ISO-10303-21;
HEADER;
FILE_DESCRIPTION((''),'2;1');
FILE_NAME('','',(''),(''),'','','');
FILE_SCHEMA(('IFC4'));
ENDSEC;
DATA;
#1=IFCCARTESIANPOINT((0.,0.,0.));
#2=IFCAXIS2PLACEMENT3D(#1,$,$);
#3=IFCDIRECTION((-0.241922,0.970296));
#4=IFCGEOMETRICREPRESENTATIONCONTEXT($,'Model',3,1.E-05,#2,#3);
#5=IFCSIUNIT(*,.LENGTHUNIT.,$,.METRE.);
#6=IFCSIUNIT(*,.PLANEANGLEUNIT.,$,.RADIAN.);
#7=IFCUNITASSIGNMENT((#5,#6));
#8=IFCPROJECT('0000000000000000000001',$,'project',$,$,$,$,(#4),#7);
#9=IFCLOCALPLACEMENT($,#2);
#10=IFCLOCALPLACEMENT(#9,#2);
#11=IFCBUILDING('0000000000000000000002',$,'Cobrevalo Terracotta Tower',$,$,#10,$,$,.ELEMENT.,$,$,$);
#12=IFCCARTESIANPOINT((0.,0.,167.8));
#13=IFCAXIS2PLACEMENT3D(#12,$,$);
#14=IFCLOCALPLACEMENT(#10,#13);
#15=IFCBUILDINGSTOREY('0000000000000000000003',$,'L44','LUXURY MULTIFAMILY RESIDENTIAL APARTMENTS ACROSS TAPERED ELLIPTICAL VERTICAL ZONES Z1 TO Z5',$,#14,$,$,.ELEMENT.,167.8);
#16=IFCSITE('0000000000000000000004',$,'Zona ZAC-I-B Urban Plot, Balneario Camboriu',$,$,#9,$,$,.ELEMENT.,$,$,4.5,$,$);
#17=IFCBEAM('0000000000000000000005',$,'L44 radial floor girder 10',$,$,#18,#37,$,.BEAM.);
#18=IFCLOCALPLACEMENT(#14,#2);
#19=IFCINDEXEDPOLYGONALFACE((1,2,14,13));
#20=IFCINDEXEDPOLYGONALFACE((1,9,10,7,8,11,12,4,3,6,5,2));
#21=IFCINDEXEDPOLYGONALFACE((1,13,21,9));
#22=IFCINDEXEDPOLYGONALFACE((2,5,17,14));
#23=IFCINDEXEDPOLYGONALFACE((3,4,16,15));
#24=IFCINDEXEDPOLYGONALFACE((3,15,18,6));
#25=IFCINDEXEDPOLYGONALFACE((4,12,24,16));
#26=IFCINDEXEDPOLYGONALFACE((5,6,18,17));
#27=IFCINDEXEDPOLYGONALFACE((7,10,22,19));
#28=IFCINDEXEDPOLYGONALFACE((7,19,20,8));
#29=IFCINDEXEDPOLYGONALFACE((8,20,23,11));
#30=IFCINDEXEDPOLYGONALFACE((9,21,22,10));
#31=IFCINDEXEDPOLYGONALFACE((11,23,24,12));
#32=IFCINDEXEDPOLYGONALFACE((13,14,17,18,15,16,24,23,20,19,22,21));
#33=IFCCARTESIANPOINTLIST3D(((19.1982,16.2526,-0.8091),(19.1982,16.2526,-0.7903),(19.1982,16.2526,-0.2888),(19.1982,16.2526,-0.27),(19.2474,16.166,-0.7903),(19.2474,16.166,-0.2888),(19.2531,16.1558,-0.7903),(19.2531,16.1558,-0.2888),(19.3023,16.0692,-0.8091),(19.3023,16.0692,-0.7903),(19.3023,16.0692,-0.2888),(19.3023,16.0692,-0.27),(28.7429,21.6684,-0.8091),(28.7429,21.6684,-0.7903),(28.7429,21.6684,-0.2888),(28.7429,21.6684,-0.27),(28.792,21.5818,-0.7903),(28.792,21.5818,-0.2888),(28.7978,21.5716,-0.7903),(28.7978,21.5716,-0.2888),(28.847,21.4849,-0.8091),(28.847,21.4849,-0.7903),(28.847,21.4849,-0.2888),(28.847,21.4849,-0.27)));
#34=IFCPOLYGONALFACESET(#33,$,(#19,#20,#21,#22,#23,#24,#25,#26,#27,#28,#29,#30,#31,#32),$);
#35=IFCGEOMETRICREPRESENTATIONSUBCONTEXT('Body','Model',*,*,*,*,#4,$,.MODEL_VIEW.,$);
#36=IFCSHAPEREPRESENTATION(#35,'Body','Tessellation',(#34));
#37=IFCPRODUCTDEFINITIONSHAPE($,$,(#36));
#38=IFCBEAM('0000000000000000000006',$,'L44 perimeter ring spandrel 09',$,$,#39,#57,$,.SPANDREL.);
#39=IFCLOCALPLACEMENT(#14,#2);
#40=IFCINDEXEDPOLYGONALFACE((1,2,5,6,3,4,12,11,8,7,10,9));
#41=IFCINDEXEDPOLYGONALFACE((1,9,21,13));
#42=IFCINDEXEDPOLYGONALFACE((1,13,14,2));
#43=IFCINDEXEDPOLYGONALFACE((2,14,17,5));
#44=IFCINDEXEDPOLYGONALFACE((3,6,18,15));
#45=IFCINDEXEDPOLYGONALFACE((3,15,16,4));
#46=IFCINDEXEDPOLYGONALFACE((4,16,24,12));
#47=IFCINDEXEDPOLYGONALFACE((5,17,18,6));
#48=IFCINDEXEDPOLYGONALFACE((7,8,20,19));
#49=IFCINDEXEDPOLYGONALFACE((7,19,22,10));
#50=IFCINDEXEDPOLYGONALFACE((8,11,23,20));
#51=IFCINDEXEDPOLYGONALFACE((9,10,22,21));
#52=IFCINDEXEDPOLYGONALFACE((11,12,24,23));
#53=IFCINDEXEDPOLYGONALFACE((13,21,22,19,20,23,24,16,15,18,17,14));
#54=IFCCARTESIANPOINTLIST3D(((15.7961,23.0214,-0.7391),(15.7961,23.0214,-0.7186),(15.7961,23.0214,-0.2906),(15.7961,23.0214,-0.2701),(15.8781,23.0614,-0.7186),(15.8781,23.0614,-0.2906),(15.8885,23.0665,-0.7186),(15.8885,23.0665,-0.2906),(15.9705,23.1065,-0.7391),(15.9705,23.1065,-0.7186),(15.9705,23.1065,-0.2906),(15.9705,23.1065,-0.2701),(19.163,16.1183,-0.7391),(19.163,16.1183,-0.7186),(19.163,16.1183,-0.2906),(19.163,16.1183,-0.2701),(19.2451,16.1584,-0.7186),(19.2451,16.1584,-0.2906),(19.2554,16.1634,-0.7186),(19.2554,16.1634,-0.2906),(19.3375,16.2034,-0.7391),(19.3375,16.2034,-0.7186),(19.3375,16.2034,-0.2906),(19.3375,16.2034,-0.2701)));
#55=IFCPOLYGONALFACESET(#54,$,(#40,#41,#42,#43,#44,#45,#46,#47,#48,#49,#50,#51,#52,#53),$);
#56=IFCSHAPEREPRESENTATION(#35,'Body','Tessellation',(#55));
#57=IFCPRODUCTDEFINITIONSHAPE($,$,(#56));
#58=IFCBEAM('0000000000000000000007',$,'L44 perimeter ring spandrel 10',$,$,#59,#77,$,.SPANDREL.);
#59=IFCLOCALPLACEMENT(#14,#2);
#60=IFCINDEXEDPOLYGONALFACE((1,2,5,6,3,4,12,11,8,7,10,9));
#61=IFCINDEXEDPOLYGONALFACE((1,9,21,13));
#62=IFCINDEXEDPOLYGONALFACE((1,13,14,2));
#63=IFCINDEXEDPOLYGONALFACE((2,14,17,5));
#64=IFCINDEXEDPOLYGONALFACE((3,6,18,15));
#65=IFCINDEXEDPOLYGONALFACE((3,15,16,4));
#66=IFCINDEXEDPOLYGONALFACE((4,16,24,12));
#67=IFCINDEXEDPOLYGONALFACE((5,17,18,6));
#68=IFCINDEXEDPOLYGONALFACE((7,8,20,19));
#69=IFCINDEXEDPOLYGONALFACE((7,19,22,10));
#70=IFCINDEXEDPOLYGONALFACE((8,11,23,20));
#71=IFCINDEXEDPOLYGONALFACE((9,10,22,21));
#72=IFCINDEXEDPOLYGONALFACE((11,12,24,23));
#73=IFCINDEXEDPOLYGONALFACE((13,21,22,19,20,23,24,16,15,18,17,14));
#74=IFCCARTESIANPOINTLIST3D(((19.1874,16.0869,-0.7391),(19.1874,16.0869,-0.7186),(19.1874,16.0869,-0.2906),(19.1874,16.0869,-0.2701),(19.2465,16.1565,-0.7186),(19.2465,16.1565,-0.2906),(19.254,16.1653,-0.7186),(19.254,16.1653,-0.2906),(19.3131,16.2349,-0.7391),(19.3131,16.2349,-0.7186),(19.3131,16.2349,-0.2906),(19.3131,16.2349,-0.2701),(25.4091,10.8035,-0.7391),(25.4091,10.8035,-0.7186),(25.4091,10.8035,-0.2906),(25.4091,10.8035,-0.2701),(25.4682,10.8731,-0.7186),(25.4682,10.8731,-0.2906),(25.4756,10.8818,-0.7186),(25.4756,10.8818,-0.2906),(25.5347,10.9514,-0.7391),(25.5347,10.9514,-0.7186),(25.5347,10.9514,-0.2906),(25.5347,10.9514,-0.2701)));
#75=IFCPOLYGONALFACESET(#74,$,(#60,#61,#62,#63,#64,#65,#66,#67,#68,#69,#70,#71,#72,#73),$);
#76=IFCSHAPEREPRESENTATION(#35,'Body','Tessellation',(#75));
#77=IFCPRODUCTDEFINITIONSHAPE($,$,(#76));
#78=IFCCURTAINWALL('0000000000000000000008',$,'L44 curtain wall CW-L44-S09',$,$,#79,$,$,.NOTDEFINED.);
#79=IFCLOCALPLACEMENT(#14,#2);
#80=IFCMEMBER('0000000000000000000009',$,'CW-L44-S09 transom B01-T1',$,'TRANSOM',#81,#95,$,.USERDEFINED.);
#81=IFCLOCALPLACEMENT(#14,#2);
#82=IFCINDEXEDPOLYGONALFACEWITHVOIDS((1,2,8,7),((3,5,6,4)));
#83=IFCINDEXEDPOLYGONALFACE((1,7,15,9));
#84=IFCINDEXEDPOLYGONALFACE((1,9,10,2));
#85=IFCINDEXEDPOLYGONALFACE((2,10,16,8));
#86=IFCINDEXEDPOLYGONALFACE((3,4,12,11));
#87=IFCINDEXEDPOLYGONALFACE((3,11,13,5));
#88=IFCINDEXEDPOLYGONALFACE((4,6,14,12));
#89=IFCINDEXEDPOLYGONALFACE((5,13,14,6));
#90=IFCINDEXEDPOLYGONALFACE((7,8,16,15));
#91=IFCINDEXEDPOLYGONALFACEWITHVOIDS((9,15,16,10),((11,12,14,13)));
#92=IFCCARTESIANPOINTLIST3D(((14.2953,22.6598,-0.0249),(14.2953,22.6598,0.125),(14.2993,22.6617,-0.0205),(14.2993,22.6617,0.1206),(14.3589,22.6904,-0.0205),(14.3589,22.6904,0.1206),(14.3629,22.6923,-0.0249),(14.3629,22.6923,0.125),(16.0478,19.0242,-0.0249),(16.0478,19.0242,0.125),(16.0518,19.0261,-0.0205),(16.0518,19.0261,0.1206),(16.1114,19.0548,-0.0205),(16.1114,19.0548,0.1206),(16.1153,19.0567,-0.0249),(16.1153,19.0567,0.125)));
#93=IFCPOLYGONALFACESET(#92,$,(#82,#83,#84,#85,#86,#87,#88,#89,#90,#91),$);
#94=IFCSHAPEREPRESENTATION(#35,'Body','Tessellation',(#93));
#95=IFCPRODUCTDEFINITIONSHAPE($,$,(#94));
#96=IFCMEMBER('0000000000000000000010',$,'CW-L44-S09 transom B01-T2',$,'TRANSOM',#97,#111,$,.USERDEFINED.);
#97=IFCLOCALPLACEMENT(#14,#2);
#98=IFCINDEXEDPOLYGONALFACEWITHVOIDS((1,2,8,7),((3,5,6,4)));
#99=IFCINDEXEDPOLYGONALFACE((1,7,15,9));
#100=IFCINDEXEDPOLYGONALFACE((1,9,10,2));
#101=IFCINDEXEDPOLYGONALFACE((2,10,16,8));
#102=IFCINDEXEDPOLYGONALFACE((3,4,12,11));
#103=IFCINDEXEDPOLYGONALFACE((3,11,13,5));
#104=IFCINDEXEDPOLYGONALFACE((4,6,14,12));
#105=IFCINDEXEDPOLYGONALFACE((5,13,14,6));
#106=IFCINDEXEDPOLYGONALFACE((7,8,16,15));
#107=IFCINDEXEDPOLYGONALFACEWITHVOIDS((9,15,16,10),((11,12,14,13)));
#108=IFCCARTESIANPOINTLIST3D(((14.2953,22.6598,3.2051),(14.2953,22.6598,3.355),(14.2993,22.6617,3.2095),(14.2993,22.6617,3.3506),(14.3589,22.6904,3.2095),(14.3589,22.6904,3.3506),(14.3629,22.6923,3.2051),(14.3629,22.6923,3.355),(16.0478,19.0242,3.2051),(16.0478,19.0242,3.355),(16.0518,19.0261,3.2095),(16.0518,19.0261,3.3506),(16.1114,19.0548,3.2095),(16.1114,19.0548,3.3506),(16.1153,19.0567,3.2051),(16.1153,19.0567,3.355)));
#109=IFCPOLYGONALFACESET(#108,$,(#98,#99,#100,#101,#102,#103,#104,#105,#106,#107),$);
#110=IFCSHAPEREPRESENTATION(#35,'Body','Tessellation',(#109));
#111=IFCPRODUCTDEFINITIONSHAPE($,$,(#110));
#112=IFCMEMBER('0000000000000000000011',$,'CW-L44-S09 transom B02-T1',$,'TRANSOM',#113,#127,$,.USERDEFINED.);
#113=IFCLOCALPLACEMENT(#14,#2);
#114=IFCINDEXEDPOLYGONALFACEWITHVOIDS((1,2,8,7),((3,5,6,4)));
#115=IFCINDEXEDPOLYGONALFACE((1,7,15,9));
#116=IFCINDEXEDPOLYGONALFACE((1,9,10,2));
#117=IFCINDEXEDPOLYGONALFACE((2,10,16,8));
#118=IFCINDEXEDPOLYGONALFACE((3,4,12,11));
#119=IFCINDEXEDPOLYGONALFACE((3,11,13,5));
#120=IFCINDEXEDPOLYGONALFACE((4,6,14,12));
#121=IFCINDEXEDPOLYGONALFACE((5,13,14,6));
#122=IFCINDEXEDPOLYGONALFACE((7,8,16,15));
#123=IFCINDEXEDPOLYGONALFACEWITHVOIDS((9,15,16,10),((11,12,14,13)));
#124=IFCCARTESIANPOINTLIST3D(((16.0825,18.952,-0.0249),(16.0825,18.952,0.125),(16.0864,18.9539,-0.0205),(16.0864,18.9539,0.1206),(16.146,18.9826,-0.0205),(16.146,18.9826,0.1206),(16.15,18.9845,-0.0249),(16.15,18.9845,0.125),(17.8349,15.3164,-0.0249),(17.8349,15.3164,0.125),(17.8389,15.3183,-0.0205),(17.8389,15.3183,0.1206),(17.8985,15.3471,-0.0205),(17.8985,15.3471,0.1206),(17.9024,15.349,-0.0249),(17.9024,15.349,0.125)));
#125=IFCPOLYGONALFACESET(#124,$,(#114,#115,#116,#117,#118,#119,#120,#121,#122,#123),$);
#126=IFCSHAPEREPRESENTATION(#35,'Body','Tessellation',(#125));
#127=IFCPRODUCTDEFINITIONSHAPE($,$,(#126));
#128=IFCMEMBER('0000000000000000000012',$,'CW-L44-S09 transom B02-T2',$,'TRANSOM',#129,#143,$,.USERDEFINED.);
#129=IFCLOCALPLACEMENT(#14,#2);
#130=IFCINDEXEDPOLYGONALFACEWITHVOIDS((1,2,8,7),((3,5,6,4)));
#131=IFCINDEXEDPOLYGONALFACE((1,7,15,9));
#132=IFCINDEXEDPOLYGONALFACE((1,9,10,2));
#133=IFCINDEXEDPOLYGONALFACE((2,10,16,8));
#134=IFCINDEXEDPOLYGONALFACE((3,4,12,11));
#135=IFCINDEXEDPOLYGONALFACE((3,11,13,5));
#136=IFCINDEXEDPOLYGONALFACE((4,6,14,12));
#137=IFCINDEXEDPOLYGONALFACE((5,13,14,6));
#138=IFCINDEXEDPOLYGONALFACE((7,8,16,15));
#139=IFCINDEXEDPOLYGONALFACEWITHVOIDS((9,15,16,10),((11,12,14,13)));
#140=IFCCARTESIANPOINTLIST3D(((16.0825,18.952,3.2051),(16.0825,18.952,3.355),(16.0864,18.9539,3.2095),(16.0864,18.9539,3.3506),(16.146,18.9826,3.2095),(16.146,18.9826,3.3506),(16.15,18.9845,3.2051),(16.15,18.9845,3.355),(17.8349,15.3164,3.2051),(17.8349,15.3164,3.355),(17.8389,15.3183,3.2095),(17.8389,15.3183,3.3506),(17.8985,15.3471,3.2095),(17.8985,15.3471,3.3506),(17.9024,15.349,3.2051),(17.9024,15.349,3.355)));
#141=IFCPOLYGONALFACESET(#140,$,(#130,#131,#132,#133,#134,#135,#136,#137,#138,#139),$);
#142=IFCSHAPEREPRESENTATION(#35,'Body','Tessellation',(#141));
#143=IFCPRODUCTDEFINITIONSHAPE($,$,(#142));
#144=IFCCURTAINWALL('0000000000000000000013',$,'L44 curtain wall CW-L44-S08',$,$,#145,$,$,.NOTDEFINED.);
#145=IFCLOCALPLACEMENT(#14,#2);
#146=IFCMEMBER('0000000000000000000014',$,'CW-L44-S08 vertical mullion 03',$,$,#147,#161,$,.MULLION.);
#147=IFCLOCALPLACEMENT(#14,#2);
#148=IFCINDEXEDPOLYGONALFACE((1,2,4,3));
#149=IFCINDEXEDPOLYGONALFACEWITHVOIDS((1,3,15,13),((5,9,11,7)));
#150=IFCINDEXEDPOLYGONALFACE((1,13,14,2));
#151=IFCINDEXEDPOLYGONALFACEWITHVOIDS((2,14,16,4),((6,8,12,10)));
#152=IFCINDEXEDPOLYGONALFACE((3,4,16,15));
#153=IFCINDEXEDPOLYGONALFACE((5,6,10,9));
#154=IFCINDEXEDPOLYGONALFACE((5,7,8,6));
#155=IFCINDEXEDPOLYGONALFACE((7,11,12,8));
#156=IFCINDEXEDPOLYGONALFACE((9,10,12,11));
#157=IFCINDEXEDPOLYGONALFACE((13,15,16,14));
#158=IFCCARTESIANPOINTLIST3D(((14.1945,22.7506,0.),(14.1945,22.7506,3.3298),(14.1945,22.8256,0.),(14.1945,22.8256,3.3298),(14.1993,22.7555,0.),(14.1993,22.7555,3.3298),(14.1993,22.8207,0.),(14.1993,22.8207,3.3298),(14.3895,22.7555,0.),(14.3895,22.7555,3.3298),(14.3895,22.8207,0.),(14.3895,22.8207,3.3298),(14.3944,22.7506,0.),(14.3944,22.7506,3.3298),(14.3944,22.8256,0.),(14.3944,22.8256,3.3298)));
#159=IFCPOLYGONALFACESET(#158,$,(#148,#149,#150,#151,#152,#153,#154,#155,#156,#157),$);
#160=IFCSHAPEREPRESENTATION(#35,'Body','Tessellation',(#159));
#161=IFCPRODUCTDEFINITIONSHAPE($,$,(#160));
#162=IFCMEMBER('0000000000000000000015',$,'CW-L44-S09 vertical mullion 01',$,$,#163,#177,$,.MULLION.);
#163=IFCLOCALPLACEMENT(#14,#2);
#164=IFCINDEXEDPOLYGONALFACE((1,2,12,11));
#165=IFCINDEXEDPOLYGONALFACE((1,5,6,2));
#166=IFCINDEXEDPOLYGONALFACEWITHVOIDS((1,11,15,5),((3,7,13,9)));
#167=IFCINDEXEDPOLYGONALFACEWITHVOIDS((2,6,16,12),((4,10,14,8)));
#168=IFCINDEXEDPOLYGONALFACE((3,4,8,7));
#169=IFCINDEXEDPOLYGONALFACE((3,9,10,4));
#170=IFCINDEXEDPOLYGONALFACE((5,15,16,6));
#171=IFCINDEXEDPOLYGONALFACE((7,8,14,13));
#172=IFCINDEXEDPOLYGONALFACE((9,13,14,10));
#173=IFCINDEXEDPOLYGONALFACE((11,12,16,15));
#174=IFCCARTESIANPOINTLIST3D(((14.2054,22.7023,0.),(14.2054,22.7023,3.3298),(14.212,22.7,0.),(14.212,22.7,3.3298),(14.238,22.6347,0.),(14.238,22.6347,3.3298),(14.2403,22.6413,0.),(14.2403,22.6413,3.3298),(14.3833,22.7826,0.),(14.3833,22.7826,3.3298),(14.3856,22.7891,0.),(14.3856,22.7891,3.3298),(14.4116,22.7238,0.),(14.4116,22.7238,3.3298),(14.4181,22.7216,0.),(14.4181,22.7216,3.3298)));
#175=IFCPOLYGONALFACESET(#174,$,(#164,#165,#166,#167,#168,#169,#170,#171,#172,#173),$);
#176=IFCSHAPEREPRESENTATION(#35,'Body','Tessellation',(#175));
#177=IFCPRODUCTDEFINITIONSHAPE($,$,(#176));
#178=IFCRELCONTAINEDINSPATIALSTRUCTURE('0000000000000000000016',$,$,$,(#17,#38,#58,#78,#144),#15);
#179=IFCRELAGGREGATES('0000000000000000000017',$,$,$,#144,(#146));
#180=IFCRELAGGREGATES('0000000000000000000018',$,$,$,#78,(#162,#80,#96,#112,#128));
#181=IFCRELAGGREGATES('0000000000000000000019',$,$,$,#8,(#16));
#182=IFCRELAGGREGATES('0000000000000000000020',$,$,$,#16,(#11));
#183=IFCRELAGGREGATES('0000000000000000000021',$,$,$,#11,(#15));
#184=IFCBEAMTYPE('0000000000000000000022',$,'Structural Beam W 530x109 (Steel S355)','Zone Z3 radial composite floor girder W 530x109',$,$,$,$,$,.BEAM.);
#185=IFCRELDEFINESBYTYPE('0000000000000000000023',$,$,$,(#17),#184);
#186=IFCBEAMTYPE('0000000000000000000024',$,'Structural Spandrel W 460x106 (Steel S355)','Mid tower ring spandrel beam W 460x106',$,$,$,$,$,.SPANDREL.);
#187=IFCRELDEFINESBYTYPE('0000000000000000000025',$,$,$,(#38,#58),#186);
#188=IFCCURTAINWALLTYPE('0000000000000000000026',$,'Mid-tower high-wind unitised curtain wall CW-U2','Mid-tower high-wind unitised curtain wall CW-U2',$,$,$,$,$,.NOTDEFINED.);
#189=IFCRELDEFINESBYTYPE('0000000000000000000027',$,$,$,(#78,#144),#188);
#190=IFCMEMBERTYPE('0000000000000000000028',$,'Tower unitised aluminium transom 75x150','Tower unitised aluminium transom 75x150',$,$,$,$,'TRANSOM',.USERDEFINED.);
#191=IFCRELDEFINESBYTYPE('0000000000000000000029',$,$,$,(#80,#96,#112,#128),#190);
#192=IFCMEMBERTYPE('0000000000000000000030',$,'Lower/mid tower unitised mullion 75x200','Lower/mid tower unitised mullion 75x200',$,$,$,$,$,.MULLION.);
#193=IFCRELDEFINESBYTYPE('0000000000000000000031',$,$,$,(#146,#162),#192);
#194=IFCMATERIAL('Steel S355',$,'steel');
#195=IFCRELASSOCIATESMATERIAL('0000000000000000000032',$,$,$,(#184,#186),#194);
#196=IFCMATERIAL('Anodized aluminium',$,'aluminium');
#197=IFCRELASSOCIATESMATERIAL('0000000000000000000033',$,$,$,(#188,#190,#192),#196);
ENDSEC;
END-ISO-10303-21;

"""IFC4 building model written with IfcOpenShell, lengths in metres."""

from ifc_helpers import new_model, si_unit, direction, frame, origin, origin_2d, place, context, subcontext, project, spatial, hollow_rectangle, i_section, extrude, source, transform, mapped, material, material_profile, profile_set, type_object, element, aggregate, save


model = new_model("IFC4")

# Units and contexts
model_context = context("Model", 3, precision=1e-05, world=origin(), true_north=direction((-0.241922, 0.970296)))
body_context = subcontext(model_context, "Body", "Model", "MODEL_VIEW")
ifc_project = project(units=[si_unit("LENGTHUNIT", "METRE"), si_unit("PLANEANGLEUNIT", "RADIAN")], contexts=[model_context])

# Site, building, storey
site_placement = place(None, origin())
site = spatial("IfcSite", under=ifc_project, at=site_placement, Name="Zona ZAC-I-B Urban Plot, Balneario Camboriu", CompositionType="ELEMENT", RefElevation=4.5)
building_placement = place(site_placement, origin())
building = spatial("IfcBuilding", under=site, at=building_placement, Name="Cobrevalo Terracotta Tower", CompositionType="ELEMENT")
storey_placement = place(building_placement, frame((0.0, 0.0, 167.8)))
storey = spatial("IfcBuildingStorey", under=building, at=storey_placement, Name="L44", Description="LUXURY MULTIFAMILY RESIDENTIAL APARTMENTS ACROSS TAPERED ELLIPTICAL VERTICAL ZONES Z1 TO Z5", CompositionType="ELEMENT", Elevation=167.8)

# Shared definitions
ifc_material_1 = material(Name="Steel S355", Category="steel")

# Beams
ifc_material_profile_1 = material_profile(ifc_material_1, i_section(OverallWidth=0.2109, OverallDepth=0.5391, WebThickness=0.0117, FlangeThickness=0.0188, at=origin_2d()), Name="W 530x109")
ifc_profile_set_1 = profile_set([ifc_material_profile_1], Name="Steel S355")
beam_type_1 = type_object("IfcBeamType", Name="Structural Beam W 530x109 (Steel S355)", Description="Zone Z3 radial composite floor girder W 530x109", PredefinedType="BEAM", material=ifc_profile_set_1)
beam_1_placement = place(storey_placement, frame((19.2502, 16.1609, -0.5396), z_axis=(0.869744, 0.493504, 0.0), x_axis=(-0.493504, 0.869744, 0.0)))
element("IfcBeam", 1, at=beam_1_placement, inside=storey, type_object=beam_type_1, Name="L44 radial floor girder 10", PredefinedType="BEAM", context=body_context, shape_type="SweptSolid", body=[
    extrude(i_section(OverallWidth=0.2109, OverallDepth=0.5391, WebThickness=0.0117, FlangeThickness=0.0188, at=origin_2d()), origin(), (0.0, 0.0, 1.0), 10.9741),
])
ifc_material_profile_2 = material_profile(ifc_material_1, i_section(OverallWidth=0.1941, OverallDepth=0.469, WebThickness=0.0115, FlangeThickness=0.0205, at=origin_2d()), Name="W 460x106")
ifc_profile_set_2 = profile_set([ifc_material_profile_2], Name="Steel S355")
beam_type_2 = type_object("IfcBeamType", Name="Structural Spandrel W 460x106 (Steel S355)", Description="Mid tower ring spandrel beam W 460x106", PredefinedType="SPANDREL", material=ifc_profile_set_2)
beam_2_placement = place(storey_placement, frame((15.8833, 23.064, -0.5046), z_axis=(0.43838, -0.89879, 0.0), x_axis=(0.89879, 0.43838, 0.0)))
element("IfcBeam", 2, at=beam_2_placement, inside=storey, type_object=beam_type_2, Name="L44 perimeter ring spandrel 09", PredefinedType="SPANDREL", context=body_context, shape_type="SweptSolid", body=[
    extrude(i_section(OverallWidth=0.1941, OverallDepth=0.469, WebThickness=0.0115, FlangeThickness=0.0205, at=origin_2d()), origin(), (0.0, 0.0, 1.0), 7.6804),
])
beam_3_placement = place(storey_placement, frame((19.2502, 16.1609, -0.5046), z_axis=(0.76224, -0.647294, 0.0), x_axis=(0.647294, 0.76224, 0.0)))
element("IfcBeam", 3, at=beam_3_placement, inside=storey, type_object=beam_type_2, Name="L44 perimeter ring spandrel 10", PredefinedType="SPANDREL", context=body_context, shape_type="SweptSolid", body=[
    extrude(i_section(OverallWidth=0.1941, OverallDepth=0.469, WebThickness=0.0115, FlangeThickness=0.0205, at=origin_2d()), origin(), (0.0, 0.0, 1.0), 8.1624),
])

# Curtain wall, members
ifc_material_2 = material(Name="Anodized aluminium", Category="aluminium")
curtain_wall_type = type_object("IfcCurtainWallType", Name="Mid-tower high-wind unitised curtain wall CW-U2", Description="Mid-tower high-wind unitised curtain wall CW-U2", PredefinedType="NOTDEFINED", material=ifc_material_2)
curtain_wall_1_placement = place(storey_placement, origin())
curtain_wall_1 = element("IfcCurtainWall", 4, at=curtain_wall_1_placement, inside=storey, type_object=curtain_wall_type, Name="L44 curtain wall CW-L44-S09", PredefinedType="NOTDEFINED")
ifc_material_profile_3 = material_profile(ifc_material_2, hollow_rectangle(XDim=0.075, YDim=0.1499, WallThickness=0.0044, at=origin_2d()), Name="CWT 75x150")
ifc_profile_set_3 = profile_set([ifc_material_profile_3], Name="Anodized aluminium")
member_type_1 = type_object("IfcMemberType", Name="Tower unitised aluminium transom 75x150", Description="Tower unitised aluminium transom 75x150", ElementType="TRANSOM", PredefinedType="USERDEFINED", material=ifc_profile_set_3)
shared_shape_1 = source(origin(), body_context, "Body", "SweptSolid", [
    extrude(hollow_rectangle(XDim=0.075, YDim=0.1499, WallThickness=0.0044, at=origin_2d()), origin(), (0.0, 0.0, 1.0), 4.0359),
])
member_1_placement = place(storey_placement, frame((14.3291, 22.676, 0.05), z_axis=(0.434221, -0.900806, 0.0), x_axis=(0.900806, 0.434221, 0.0)))
member_1 = element("IfcMember", 5, at=member_1_placement, type_object=member_type_1, Name="CW-L44-S09 transom B01-T1", ObjectType="TRANSOM", PredefinedType="USERDEFINED", context=body_context, shape_type="MappedRepresentation", body=[
    mapped(shared_shape_1, transform((0.0, 0.0, 0.0), scale=1.0)),
])
member_2_placement = place(storey_placement, frame((14.3291, 22.676, 3.28), z_axis=(0.434221, -0.900806, 0.0), x_axis=(0.900806, 0.434221, 0.0)))
member_2 = element("IfcMember", 6, at=member_2_placement, type_object=member_type_1, Name="CW-L44-S09 transom B01-T2", ObjectType="TRANSOM", PredefinedType="USERDEFINED", context=body_context, shape_type="MappedRepresentation", body=[
    mapped(shared_shape_1, transform((0.0, 0.0, 0.0), scale=1.0)),
])
member_3_placement = place(storey_placement, frame((16.1162, 18.9683, 0.05), z_axis=(0.434221, -0.900806, 0.0), x_axis=(0.900806, 0.434221, 0.0)))
member_3 = element("IfcMember", 7, at=member_3_placement, type_object=member_type_1, Name="CW-L44-S09 transom B02-T1", ObjectType="TRANSOM", PredefinedType="USERDEFINED", context=body_context, shape_type="MappedRepresentation", body=[
    mapped(shared_shape_1, transform((0.0, 0.0, 0.0), scale=1.0)),
])
member_4_placement = place(storey_placement, frame((16.1162, 18.9683, 3.28), z_axis=(0.434221, -0.900806, 0.0), x_axis=(0.900806, 0.434221, 0.0)))
member_4 = element("IfcMember", 8, at=member_4_placement, type_object=member_type_1, Name="CW-L44-S09 transom B02-T2", ObjectType="TRANSOM", PredefinedType="USERDEFINED", context=body_context, shape_type="MappedRepresentation", body=[
    mapped(shared_shape_1, transform((0.0, 0.0, 0.0), scale=1.0)),
])

# Curtain wall, member
curtain_wall_2_placement = place(storey_placement, origin())
curtain_wall_2 = element("IfcCurtainWall", 9, at=curtain_wall_2_placement, inside=storey, type_object=curtain_wall_type, Name="L44 curtain wall CW-L44-S08", PredefinedType="NOTDEFINED")
ifc_material_profile_4 = material_profile(ifc_material_2, hollow_rectangle(XDim=0.075, YDim=0.2, WallThickness=0.0049, at=origin_2d()), Name="CWM 75x200")
ifc_profile_set_4 = profile_set([ifc_material_profile_4], Name="Anodized aluminium")
member_type_2 = type_object("IfcMemberType", Name="Lower/mid tower unitised mullion 75x200", Description="Lower/mid tower unitised mullion 75x200", PredefinedType="MULLION", material=ifc_profile_set_4)
shared_shape_2 = source(origin(), body_context, "Body", "SweptSolid", [
    extrude(hollow_rectangle(XDim=0.075, YDim=0.2, WallThickness=0.0049, at=origin_2d()), origin(), (0.0, 0.0, 1.0), 3.3298),
])
member_5_placement = place(storey_placement, frame((14.2944, 22.7881, 0.0), z_axis=(0.0, 0.0, 1.0), x_axis=(0.0, -1.0, 0.0)))
member_5 = element("IfcMember", 10, at=member_5_placement, type_object=member_type_2, Name="CW-L44-S08 vertical mullion 03", PredefinedType="MULLION", context=body_context, shape_type="MappedRepresentation", body=[
    mapped(shared_shape_2, transform((0.0, 0.0, 0.0), scale=1.0)),
])
aggregate(curtain_wall_2, [member_5])

# Member
member_6_placement = place(storey_placement, frame((14.3118, 22.7119, 0.0), z_axis=(0.0, 0.0, 1.0), x_axis=(0.434209, -0.900812, 0.0)))
member_6 = element("IfcMember", 11, at=member_6_placement, type_object=member_type_2, Name="CW-L44-S09 vertical mullion 01", PredefinedType="MULLION", context=body_context, shape_type="MappedRepresentation", body=[
    mapped(shared_shape_2, transform((0.0, 0.0, 0.0), scale=1.0)),
])

aggregate(curtain_wall_1, [member_6, member_1, member_2, member_3, member_4])

save(model, "model.ifc")
